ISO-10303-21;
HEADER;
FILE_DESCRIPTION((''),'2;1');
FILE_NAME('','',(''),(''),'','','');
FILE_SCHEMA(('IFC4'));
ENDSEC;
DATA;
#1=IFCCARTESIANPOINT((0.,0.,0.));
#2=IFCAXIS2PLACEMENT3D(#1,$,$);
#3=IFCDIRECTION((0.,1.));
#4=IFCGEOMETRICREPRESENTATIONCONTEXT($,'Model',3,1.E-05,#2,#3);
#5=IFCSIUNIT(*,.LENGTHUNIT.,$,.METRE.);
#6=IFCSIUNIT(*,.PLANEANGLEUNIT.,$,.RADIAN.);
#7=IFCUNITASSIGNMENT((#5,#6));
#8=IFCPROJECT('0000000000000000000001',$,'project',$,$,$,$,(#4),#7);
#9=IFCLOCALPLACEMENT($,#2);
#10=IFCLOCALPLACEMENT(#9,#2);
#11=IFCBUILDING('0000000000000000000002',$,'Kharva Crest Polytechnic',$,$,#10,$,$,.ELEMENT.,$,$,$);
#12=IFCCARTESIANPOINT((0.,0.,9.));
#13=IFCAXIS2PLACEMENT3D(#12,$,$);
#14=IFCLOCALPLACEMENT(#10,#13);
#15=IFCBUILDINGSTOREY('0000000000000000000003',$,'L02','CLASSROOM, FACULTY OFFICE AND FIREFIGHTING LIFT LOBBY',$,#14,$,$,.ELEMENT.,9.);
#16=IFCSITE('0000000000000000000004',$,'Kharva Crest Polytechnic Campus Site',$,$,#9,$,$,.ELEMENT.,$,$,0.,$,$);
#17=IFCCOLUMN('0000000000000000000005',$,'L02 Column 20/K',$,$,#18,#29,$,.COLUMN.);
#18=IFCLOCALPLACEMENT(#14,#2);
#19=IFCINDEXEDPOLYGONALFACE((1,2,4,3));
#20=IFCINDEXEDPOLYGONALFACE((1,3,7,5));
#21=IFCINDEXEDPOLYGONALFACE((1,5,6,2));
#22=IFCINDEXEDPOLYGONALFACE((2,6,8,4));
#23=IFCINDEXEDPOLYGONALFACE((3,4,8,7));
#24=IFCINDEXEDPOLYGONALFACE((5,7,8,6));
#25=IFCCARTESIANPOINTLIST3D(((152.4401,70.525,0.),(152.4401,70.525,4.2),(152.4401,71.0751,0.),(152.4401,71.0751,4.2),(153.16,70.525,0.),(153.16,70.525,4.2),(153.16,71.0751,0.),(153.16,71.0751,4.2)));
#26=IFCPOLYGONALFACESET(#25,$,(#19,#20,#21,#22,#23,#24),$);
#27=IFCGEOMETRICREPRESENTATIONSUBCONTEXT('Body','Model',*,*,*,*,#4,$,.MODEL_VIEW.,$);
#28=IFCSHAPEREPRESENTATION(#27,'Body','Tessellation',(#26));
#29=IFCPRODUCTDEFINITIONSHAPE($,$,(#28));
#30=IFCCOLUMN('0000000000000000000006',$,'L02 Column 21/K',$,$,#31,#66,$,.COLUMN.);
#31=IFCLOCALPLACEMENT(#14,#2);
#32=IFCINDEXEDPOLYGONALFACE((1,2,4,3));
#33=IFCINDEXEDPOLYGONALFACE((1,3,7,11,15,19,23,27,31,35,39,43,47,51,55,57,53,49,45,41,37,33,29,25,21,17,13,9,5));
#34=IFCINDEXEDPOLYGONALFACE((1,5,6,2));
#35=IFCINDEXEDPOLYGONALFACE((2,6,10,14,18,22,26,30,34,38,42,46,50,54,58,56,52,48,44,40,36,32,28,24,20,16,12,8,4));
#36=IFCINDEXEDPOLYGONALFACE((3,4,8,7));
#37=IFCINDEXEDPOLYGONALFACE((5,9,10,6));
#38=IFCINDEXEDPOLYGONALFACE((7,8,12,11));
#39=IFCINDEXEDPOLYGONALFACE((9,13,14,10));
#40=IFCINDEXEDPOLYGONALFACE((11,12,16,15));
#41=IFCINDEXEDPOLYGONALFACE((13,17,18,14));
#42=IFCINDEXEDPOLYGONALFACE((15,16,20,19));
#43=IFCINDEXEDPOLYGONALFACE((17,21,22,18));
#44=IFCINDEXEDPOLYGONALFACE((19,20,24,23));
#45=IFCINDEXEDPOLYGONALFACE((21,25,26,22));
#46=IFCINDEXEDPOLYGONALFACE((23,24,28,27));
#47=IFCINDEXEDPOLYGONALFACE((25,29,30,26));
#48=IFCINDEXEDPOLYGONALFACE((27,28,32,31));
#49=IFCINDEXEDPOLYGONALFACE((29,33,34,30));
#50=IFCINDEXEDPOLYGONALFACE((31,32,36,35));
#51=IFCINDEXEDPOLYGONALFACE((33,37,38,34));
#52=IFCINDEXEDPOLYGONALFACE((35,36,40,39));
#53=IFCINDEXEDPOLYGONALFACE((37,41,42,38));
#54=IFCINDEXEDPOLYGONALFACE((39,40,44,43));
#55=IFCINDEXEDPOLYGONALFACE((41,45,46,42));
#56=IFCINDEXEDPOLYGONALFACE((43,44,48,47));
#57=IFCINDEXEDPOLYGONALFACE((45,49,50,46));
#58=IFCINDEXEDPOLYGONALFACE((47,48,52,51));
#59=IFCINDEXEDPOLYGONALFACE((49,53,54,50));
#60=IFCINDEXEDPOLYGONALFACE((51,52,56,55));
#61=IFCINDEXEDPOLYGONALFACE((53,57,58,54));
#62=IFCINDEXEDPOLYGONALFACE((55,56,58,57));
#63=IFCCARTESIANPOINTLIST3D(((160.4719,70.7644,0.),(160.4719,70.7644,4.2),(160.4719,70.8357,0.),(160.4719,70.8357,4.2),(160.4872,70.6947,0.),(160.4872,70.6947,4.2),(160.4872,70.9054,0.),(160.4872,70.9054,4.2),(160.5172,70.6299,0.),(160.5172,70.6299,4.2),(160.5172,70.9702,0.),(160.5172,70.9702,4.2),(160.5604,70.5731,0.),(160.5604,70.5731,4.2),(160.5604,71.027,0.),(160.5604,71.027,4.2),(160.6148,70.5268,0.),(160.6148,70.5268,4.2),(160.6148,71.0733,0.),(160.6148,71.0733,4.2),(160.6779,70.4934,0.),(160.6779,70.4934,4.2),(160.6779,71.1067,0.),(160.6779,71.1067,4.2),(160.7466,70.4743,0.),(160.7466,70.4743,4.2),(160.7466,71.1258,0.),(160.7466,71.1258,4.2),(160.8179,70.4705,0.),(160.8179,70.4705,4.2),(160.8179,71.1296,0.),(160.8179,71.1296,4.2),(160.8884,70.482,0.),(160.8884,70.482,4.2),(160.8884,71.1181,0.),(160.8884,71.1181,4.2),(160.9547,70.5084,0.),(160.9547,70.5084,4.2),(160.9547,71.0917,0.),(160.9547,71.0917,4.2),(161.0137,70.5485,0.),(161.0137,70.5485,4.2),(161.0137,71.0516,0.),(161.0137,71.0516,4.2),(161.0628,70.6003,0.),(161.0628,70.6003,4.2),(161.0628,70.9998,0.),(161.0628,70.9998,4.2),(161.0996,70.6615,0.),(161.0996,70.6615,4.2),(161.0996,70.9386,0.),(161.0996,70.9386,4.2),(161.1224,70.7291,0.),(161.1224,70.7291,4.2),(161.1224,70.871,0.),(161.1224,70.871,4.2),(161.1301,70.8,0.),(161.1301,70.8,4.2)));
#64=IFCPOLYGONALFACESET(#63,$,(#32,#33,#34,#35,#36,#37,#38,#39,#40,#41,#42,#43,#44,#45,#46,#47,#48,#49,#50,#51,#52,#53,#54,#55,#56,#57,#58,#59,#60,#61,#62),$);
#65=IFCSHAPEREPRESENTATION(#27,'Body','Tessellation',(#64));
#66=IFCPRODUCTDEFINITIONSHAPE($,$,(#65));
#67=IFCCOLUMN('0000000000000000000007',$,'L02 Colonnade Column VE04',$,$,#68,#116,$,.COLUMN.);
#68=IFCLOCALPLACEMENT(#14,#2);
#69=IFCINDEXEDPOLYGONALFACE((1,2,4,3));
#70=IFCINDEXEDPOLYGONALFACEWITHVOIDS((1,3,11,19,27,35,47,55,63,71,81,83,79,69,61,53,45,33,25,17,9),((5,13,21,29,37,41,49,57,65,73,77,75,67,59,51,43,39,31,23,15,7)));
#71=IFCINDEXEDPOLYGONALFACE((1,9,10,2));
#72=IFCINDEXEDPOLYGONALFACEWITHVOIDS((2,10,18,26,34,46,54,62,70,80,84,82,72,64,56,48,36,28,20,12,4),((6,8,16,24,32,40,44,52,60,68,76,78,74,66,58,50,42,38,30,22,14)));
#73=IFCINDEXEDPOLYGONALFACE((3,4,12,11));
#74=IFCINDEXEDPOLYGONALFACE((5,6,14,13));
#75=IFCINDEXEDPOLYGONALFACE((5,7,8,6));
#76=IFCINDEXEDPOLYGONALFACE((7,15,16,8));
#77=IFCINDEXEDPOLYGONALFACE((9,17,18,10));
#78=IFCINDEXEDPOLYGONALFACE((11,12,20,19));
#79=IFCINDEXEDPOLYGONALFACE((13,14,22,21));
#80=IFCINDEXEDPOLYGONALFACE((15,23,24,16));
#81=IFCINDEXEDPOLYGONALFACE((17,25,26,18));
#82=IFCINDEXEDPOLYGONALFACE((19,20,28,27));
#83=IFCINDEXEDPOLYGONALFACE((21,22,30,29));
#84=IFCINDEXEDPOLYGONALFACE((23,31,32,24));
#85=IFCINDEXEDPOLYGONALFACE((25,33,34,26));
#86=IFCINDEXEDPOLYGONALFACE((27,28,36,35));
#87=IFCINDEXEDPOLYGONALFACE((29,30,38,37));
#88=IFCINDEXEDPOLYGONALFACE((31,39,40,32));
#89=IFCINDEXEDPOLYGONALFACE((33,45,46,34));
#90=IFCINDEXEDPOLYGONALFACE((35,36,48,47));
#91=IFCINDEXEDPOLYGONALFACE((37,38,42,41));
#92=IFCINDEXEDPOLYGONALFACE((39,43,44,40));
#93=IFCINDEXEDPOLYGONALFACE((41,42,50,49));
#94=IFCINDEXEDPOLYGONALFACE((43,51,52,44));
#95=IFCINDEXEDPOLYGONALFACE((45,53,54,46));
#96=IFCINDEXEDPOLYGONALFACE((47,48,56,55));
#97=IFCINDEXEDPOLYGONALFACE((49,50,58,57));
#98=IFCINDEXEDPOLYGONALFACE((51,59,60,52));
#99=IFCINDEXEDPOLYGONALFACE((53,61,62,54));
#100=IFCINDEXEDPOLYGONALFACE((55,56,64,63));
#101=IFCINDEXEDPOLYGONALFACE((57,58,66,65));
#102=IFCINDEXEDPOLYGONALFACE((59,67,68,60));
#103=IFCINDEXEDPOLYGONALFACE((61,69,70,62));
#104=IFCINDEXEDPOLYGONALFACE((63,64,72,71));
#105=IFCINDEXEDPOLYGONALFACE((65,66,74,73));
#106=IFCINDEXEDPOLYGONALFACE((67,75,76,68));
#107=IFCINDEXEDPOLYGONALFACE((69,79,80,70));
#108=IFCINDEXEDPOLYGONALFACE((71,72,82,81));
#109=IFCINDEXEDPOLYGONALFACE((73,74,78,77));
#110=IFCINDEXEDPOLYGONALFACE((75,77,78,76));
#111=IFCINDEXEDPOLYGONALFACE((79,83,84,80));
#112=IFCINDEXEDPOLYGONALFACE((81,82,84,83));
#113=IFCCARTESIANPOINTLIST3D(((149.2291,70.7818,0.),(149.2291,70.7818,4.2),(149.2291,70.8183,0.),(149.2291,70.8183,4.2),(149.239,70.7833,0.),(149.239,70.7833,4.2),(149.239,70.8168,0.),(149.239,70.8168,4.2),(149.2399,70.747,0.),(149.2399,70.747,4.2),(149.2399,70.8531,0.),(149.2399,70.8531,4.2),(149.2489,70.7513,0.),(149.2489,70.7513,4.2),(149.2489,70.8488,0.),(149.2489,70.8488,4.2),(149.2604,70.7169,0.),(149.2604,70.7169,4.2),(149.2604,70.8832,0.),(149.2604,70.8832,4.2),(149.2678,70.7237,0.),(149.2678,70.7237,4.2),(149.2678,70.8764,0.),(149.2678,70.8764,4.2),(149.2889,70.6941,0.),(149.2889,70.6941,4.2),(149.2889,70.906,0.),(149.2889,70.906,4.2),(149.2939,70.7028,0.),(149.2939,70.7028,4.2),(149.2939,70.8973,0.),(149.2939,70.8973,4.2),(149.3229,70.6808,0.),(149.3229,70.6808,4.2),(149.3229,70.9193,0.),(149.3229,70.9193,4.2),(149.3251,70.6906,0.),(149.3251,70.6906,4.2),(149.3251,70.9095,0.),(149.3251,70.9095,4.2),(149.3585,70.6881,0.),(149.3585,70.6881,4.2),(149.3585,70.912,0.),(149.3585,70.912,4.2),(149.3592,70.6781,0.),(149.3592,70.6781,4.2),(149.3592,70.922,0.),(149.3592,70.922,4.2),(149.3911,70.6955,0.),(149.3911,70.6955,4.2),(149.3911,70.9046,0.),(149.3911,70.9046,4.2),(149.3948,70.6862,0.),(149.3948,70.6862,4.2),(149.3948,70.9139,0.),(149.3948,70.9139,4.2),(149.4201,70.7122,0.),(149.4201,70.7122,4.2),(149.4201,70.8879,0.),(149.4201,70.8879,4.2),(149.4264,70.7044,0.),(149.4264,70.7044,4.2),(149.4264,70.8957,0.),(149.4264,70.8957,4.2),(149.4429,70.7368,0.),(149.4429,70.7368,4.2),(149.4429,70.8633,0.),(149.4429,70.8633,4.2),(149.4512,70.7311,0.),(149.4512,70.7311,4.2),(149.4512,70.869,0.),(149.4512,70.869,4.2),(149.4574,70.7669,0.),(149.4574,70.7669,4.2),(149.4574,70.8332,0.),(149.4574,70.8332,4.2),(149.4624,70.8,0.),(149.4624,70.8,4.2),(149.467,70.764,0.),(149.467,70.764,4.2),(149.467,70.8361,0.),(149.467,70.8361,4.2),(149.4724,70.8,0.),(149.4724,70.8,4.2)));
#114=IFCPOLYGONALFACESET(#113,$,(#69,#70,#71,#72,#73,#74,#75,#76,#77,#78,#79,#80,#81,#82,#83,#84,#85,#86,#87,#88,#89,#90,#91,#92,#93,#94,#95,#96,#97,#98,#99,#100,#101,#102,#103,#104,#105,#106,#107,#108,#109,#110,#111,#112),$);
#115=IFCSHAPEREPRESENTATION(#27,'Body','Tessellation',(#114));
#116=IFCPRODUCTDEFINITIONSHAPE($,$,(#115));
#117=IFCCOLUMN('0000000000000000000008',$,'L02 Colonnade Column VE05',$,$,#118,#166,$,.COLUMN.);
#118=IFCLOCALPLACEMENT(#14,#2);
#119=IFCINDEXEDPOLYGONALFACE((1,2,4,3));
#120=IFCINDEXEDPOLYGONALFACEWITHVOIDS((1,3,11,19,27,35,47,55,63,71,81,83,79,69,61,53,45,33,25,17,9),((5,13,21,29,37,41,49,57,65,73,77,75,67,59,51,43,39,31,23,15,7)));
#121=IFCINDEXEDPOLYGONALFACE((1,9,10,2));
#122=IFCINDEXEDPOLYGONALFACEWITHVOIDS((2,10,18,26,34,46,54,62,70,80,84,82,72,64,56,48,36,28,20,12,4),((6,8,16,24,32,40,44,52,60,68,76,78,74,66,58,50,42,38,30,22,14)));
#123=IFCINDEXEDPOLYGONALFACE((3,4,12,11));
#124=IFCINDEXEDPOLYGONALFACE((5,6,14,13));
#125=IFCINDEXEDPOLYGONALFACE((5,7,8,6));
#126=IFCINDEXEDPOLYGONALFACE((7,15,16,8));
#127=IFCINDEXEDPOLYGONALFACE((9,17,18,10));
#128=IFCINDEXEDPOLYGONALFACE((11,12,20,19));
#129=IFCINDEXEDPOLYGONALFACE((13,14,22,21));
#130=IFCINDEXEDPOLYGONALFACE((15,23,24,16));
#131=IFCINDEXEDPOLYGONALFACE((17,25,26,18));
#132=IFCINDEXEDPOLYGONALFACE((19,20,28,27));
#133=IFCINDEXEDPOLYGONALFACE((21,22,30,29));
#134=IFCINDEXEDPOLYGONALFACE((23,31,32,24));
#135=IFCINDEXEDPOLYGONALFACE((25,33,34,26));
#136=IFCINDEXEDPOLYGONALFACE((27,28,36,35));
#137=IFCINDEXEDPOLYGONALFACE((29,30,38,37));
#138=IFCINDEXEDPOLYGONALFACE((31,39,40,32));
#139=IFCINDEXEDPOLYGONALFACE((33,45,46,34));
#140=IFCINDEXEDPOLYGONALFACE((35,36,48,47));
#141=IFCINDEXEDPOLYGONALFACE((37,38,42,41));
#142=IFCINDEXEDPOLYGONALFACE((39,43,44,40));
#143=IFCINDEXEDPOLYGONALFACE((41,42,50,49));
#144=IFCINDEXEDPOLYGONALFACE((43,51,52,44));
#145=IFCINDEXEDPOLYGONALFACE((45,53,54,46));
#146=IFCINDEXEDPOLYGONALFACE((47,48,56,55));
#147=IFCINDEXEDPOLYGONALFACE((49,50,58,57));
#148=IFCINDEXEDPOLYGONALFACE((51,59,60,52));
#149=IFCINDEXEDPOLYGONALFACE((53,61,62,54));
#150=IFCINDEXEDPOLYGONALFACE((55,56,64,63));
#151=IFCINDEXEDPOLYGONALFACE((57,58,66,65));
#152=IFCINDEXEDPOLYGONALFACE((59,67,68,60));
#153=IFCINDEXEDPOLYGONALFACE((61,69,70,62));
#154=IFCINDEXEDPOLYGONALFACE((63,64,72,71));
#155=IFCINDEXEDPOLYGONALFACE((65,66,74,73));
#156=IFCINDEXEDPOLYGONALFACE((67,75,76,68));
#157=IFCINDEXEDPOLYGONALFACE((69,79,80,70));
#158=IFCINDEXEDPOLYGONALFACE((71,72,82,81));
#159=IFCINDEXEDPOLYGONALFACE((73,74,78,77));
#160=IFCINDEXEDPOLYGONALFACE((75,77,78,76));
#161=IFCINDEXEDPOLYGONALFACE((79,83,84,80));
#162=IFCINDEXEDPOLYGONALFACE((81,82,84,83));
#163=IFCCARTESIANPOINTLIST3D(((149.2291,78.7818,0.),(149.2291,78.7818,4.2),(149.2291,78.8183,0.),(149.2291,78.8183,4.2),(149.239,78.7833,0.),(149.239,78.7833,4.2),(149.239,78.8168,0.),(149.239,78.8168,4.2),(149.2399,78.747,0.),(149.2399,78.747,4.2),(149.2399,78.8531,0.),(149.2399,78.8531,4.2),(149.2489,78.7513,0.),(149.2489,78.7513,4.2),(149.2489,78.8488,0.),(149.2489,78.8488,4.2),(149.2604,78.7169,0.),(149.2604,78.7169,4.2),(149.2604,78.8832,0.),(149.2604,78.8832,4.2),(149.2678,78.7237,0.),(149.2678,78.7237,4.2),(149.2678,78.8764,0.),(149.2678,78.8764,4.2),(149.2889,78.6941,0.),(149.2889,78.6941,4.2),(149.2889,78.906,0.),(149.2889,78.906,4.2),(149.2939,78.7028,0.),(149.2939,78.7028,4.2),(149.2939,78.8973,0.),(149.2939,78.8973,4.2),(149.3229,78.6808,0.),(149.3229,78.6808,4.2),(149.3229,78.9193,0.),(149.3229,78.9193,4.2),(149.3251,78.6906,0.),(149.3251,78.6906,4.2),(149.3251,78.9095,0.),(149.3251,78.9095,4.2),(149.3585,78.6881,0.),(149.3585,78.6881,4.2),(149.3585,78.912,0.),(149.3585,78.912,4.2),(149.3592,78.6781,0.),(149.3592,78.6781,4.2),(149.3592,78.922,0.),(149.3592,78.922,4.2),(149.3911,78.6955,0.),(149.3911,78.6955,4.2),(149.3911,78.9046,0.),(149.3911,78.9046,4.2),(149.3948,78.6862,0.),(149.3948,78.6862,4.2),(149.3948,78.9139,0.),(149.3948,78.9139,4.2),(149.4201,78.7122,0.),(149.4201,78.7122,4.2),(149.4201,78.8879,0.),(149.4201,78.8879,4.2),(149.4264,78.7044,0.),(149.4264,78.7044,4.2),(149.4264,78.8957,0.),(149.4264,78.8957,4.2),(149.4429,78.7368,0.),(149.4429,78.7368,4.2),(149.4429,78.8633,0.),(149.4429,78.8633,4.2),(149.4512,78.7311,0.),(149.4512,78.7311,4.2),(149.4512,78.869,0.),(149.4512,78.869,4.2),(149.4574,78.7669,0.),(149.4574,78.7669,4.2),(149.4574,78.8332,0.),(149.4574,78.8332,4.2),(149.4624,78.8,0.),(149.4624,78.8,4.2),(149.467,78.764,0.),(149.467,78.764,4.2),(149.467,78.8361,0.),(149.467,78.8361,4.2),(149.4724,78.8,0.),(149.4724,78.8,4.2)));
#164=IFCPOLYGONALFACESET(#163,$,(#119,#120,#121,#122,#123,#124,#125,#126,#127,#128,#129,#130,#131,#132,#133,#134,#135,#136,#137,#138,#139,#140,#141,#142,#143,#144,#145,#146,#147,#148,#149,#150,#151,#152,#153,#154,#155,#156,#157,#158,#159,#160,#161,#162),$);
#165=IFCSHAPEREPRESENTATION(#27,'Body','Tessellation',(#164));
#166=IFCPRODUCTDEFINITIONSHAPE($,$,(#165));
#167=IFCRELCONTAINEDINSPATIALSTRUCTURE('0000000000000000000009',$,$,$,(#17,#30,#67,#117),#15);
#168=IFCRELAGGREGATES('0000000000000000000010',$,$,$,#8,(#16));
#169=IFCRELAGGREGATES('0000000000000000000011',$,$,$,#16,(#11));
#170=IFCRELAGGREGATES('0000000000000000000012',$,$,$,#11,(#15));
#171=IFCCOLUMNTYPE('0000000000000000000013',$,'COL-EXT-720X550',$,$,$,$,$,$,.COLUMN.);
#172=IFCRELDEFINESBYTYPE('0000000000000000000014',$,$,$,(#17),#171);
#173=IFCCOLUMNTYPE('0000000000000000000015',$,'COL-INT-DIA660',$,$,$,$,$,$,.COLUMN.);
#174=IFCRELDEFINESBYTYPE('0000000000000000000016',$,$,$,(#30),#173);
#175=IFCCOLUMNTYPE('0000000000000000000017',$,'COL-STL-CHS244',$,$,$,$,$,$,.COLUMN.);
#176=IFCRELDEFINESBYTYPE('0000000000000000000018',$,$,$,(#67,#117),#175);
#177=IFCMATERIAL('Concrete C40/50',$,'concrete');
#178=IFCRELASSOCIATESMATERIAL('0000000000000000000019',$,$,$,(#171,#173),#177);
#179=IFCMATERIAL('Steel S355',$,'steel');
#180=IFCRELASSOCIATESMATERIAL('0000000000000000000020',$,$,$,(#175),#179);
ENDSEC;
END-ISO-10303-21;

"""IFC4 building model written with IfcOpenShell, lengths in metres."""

from ifc_helpers import new_model, si_unit, direction, frame, origin, origin_2d, place, context, subcontext, project, spatial, rectangle, circle, hollow_circle, extrude, material, material_profile, profile_set, type_object, element, save


model = new_model("IFC4")

# Units and contexts
model_context = context("Model", 3, precision=1e-05, world=origin(), true_north=direction((0.0, 1.0)))
body_context = subcontext(model_context, "Body", "Model", "MODEL_VIEW")
ifc_project = project(units=[si_unit("LENGTHUNIT", "METRE"), si_unit("PLANEANGLEUNIT", "RADIAN")], contexts=[model_context])

# Site, building, storey
site_placement = place(None, origin())
site = spatial("IfcSite", under=ifc_project, at=site_placement, Name="Kharva Crest Polytechnic Campus Site", CompositionType="ELEMENT", RefElevation=0.0)
building_placement = place(site_placement, origin())
building = spatial("IfcBuilding", under=site, at=building_placement, Name="Kharva Crest Polytechnic", CompositionType="ELEMENT")
storey_placement = place(building_placement, frame((0.0, 0.0, 9.0)))
storey = spatial("IfcBuildingStorey", under=building, at=storey_placement, Name="L02", Description="CLASSROOM, FACULTY OFFICE AND FIREFIGHTING LIFT LOBBY", CompositionType="ELEMENT", Elevation=9.0)

# Columns
ifc_material_1 = material(Name="Concrete C40/50", Category="concrete")
ifc_material_profile_1 = material_profile(ifc_material_1, rectangle(XDim=0.72, YDim=0.55, at=origin_2d()), Name="RECT 720 X 550")
ifc_profile_set_1 = profile_set([ifc_material_profile_1], Name="Concrete C40/50")
column_type_1 = type_object("IfcColumnType", Name="COL-EXT-720X550", PredefinedType="COLUMN", material=ifc_profile_set_1)
column_1_placement = place(storey_placement, frame((152.8, 70.8, 0.0), z_axis=(0.0, 0.0, 1.0), x_axis=(1.0, 0.0, 0.0)))
element("IfcColumn", 1, at=column_1_placement, inside=storey, type_object=column_type_1, Name="L02 Column 20/K", PredefinedType="COLUMN", context=body_context, shape_type="SweptSolid", body=[
    extrude(rectangle(XDim=0.72, YDim=0.55, at=origin_2d()), origin(), (0.0, 0.0, 1.0), 4.2),
])
ifc_material_profile_2 = material_profile(ifc_material_1, circle(Radius=0.3301, at=origin_2d()), Name="DIA 660")
ifc_profile_set_2 = profile_set([ifc_material_profile_2], Name="Concrete C40/50")
column_type_2 = type_object("IfcColumnType", Name="COL-INT-DIA660", PredefinedType="COLUMN", material=ifc_profile_set_2)
column_2_placement = place(storey_placement, frame((160.8, 70.8, 0.0), z_axis=(0.0, 0.0, 1.0), x_axis=(1.0, 0.0, 0.0)))
element("IfcColumn", 2, at=column_2_placement, inside=storey, type_object=column_type_2, Name="L02 Column 21/K", PredefinedType="COLUMN", context=body_context, shape_type="SweptSolid", body=[
    extrude(circle(Radius=0.3301, at=origin_2d()), origin(), (0.0, 0.0, 1.0), 4.2),
])
ifc_material_2 = material(Name="Steel S355", Category="steel")
ifc_material_profile_3 = material_profile(ifc_material_2, hollow_circle(Radius=0.1223, WallThickness=0.01, at=origin_2d()), Name="CHS 244.5X10.0")
ifc_profile_set_3 = profile_set([ifc_material_profile_3], Name="Steel S355")
column_type_3 = type_object("IfcColumnType", Name="COL-STL-CHS244", PredefinedType="COLUMN", material=ifc_profile_set_3)
for number, where, z_axis, x_axis, name in (
    (3, (149.3501, 70.8, 0.0), (0.0, 0.0, 1.0), (1.0, 0.0, 0.0), "L02 Colonnade Column VE04"),
    (4, (149.3501, 78.8, 0.0), (0.0, 0.0, 1.0), (1.0, 0.0, 0.0), "L02 Colonnade Column VE05"),
):
    element("IfcColumn", number, at=place(storey_placement, frame(where, z_axis=z_axis, x_axis=x_axis)), inside=storey, type_object=column_type_3, Name=name, PredefinedType="COLUMN", context=body_context, shape_type="SweptSolid", body=[
        extrude(hollow_circle(Radius=0.1223, WallThickness=0.01, at=origin_2d()), origin(), (0.0, 0.0, 1.0), 4.2),
    ])

save(model, "model.ifc")
